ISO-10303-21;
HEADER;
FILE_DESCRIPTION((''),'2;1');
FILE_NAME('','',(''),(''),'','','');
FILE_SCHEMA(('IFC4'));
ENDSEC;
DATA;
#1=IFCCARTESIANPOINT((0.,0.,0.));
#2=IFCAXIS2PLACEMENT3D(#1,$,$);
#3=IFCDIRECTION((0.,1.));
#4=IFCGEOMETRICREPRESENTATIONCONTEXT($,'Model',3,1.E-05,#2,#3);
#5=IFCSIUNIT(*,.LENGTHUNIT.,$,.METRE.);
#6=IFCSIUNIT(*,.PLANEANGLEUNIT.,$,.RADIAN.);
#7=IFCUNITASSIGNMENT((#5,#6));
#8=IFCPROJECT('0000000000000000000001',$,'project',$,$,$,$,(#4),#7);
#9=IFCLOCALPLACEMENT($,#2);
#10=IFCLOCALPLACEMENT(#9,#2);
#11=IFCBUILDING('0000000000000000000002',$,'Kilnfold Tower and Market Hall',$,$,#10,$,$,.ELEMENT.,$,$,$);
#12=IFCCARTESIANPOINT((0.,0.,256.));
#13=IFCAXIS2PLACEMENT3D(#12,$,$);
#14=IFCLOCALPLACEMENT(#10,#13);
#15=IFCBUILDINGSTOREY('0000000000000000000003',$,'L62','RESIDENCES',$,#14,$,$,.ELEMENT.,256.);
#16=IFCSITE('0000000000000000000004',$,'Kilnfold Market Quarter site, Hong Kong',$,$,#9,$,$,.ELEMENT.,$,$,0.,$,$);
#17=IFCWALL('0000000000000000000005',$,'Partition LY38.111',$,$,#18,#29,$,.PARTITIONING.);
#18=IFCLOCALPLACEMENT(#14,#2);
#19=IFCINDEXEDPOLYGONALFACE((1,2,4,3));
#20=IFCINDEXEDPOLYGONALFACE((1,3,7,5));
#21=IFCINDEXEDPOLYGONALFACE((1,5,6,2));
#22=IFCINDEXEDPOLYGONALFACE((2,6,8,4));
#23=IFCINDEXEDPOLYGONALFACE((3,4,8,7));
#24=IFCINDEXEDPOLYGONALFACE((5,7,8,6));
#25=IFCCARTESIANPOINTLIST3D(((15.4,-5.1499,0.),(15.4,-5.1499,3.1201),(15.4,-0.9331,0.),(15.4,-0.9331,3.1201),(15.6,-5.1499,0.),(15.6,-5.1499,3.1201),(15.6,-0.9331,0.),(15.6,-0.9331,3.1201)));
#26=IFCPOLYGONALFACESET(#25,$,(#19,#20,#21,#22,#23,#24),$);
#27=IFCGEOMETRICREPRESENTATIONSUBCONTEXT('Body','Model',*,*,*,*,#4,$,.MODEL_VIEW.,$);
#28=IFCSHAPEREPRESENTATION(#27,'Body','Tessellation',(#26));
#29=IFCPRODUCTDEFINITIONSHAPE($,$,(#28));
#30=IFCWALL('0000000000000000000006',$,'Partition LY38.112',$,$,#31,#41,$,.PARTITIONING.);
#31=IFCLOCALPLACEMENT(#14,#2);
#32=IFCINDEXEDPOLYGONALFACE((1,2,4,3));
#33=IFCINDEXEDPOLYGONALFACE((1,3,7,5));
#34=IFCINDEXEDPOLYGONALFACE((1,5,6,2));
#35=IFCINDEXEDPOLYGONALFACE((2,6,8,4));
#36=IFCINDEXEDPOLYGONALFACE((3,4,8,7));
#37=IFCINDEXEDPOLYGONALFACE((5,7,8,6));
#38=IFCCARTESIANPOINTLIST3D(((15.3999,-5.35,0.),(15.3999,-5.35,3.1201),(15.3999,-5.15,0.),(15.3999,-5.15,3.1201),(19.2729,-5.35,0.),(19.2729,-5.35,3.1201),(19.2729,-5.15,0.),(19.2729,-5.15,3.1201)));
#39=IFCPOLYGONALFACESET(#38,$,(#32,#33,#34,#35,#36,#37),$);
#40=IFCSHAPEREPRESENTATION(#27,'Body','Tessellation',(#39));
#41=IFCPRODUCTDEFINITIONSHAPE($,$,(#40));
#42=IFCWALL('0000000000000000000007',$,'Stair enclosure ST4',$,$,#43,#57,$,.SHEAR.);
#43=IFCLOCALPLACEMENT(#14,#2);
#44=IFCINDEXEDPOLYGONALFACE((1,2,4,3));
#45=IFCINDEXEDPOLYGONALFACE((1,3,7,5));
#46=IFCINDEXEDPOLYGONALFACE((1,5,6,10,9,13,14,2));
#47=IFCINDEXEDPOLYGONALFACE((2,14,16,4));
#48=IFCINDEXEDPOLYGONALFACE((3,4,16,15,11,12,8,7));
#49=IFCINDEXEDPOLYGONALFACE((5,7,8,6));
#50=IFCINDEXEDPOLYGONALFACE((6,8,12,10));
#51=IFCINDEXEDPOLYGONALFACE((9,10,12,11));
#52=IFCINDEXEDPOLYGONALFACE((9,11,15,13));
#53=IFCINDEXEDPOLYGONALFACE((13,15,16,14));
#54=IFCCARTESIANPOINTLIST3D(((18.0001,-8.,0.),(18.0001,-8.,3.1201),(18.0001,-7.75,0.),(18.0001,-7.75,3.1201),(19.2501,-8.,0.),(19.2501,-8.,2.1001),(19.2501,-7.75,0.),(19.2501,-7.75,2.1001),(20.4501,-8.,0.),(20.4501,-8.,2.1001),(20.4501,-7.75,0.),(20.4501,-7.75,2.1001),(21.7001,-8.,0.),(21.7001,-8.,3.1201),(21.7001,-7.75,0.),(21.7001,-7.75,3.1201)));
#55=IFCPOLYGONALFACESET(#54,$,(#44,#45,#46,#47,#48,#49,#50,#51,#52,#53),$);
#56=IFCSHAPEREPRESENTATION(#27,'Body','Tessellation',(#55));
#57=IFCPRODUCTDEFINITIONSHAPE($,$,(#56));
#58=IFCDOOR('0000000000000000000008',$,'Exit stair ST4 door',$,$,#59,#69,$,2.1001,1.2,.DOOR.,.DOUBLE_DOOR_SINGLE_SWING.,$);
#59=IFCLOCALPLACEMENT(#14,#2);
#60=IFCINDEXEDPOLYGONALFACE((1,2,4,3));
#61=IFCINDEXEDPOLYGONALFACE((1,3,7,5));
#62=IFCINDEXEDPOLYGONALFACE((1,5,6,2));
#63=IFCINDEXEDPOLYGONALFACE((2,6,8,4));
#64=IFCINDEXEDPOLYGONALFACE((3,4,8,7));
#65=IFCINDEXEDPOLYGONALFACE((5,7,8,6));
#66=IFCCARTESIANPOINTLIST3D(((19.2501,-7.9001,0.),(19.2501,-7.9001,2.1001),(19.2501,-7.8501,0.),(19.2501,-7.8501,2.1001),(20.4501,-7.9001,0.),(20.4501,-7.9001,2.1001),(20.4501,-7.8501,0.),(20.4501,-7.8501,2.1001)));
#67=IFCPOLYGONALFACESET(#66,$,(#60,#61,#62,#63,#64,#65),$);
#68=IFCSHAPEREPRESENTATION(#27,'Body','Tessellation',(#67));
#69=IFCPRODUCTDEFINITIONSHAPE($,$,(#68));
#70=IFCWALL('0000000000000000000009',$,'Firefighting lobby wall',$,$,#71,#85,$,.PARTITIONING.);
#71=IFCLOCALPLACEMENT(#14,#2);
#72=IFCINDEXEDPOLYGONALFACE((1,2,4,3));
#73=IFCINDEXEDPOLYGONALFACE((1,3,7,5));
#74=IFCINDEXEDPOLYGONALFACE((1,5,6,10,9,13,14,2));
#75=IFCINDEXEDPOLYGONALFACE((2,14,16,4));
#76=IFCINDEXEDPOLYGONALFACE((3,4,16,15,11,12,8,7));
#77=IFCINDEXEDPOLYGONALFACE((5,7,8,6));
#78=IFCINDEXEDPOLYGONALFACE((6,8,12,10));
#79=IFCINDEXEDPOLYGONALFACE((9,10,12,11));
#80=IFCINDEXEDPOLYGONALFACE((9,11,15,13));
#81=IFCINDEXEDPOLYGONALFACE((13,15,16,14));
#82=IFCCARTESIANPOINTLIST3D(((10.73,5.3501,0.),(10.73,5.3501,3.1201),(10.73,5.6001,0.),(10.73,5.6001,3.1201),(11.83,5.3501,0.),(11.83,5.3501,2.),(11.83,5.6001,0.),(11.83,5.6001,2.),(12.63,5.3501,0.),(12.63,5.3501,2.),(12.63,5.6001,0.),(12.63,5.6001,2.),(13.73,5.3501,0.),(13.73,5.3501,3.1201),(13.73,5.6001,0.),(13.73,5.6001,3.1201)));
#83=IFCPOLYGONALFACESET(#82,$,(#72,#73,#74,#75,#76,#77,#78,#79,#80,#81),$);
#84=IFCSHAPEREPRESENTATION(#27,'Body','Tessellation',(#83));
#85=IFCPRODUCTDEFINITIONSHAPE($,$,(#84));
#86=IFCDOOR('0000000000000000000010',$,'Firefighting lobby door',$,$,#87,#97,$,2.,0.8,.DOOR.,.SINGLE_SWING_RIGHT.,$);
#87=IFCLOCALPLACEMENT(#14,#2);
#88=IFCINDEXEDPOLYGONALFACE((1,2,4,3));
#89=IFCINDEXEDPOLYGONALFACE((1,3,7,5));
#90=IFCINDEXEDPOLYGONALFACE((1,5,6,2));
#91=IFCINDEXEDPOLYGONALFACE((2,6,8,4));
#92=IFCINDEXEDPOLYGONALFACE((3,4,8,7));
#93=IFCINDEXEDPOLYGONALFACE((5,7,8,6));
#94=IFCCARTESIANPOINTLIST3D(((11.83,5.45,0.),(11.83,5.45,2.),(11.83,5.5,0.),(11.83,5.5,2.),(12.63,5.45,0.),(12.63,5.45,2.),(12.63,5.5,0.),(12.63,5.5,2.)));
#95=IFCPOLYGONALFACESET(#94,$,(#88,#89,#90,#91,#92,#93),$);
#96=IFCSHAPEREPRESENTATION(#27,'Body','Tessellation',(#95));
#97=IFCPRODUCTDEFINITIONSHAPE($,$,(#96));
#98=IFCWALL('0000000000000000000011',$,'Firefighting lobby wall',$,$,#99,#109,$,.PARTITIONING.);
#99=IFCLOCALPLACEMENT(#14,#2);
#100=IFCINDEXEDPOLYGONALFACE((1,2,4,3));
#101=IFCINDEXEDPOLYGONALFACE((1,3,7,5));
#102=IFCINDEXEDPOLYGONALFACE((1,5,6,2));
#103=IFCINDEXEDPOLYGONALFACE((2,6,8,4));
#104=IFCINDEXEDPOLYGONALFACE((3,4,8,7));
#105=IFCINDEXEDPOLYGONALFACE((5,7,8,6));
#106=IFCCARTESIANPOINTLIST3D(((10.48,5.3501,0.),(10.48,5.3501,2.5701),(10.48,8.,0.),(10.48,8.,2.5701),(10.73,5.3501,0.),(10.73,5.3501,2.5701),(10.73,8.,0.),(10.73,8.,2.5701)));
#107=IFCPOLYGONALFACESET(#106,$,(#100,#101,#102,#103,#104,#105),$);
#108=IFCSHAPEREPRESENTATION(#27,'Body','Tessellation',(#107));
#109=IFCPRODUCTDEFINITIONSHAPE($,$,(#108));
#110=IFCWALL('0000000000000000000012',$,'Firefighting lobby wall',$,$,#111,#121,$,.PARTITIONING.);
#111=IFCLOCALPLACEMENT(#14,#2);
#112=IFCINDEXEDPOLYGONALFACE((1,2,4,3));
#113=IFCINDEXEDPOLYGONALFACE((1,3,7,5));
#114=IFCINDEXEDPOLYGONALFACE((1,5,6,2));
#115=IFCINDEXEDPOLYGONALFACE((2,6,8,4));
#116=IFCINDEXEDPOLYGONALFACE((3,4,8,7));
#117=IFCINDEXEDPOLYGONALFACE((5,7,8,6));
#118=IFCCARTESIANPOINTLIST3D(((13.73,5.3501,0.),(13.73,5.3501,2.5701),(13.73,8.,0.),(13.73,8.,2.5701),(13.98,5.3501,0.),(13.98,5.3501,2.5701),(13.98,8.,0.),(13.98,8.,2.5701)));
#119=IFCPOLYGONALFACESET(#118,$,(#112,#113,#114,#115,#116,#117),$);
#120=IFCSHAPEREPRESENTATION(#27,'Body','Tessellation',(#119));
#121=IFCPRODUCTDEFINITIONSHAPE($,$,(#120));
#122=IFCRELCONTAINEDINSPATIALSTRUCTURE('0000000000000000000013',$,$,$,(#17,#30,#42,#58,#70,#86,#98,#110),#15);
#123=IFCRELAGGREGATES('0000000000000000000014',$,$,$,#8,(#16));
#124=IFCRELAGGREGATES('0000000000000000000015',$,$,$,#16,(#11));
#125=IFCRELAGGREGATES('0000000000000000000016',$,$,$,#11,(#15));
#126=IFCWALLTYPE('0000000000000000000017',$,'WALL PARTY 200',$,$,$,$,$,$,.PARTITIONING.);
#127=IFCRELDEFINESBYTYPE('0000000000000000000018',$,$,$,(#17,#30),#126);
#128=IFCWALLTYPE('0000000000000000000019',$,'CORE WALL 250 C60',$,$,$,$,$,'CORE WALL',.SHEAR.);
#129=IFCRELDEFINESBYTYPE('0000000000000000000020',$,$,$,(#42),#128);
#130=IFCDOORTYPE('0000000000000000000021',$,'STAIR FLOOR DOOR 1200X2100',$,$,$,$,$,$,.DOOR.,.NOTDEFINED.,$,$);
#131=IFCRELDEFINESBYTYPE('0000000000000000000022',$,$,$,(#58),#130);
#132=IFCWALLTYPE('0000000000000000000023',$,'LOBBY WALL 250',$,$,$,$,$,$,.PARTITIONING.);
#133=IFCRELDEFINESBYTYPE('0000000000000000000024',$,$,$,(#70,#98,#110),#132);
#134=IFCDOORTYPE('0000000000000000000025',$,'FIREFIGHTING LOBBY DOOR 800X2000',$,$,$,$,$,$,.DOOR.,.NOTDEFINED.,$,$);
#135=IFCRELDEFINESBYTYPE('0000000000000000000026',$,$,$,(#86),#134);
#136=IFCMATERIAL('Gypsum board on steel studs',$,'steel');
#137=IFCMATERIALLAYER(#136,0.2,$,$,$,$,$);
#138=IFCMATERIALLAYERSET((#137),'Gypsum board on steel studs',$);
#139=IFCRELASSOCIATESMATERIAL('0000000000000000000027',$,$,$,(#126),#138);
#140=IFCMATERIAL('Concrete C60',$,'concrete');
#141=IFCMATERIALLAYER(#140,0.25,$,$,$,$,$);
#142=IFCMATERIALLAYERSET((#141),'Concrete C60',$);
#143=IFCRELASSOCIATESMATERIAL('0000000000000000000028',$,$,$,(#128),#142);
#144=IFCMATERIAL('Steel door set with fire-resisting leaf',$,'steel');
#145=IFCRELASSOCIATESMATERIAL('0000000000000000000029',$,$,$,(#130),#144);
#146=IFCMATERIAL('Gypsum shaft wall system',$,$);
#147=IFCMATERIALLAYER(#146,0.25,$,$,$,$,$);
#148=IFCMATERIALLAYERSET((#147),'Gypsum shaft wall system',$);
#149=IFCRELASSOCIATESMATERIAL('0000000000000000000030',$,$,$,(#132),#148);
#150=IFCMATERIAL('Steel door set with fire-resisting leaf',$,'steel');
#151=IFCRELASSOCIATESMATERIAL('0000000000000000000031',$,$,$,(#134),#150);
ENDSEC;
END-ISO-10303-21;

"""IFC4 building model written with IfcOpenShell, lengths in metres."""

from ifc_helpers import new_model, si_unit, direction, frame, frame_2d, origin, place, context, subcontext, project, spatial, rectangle, extrude, source, transform, mapped, material, layer, layer_set, type_object, element, fill, save


model = new_model("IFC4")

# Units and contexts
model_context = context("Model", 3, precision=1e-05, world=origin(), true_north=direction((0.0, 1.0)))
body_context = subcontext(model_context, "Body", "Model", "MODEL_VIEW")
ifc_project = project(units=[si_unit("LENGTHUNIT", "METRE"), si_unit("PLANEANGLEUNIT", "RADIAN")], contexts=[model_context])

# Site, building, storey
site_placement = place(None, origin())
site = spatial("IfcSite", under=ifc_project, at=site_placement, Name="Kilnfold Market Quarter site, Hong Kong", CompositionType="ELEMENT", RefElevation=0.0)
building_placement = place(site_placement, origin())
building = spatial("IfcBuilding", under=site, at=building_placement, Name="Kilnfold Tower and Market Hall", CompositionType="ELEMENT")
storey_placement = place(building_placement, frame((0.0, 0.0, 256.0)))
storey = spatial("IfcBuildingStorey", under=building, at=storey_placement, Name="L62", Description="RESIDENCES", CompositionType="ELEMENT", Elevation=256.0)

# Walls
ifc_material_1 = material(Name="Gypsum board on steel studs", Category="steel")
ifc_layer_1 = layer(ifc_material_1, 0.2)
ifc_layer_set_1 = layer_set([ifc_layer_1], Name="Gypsum board on steel studs")
wall_type_1 = type_object("IfcWallType", Name="WALL PARTY 200", PredefinedType="PARTITIONING", material=ifc_layer_set_1)
wall_1_placement = place(storey_placement, frame((15.5, -5.1499, 0.0), z_axis=(0.0, 0.0, 1.0), x_axis=(0.0, 1.0, 0.0)))
element("IfcWall", 1, at=wall_1_placement, inside=storey, type_object=wall_type_1, Name="Partition LY38.111", PredefinedType="PARTITIONING", context=body_context, shape_type="SweptSolid", body=[
    extrude(rectangle(XDim=4.2168, YDim=0.2, at=frame_2d((2.1084, 0.0))), origin(), (0.0, 0.0, 1.0), 3.1201),
])
wall_2_placement = place(storey_placement, frame((15.3999, -5.25, 0.0), z_axis=(0.0, 0.0, 1.0), x_axis=(1.0, 0.0, 0.0)))
element("IfcWall", 2, at=wall_2_placement, inside=storey, type_object=wall_type_1, Name="Partition LY38.112", PredefinedType="PARTITIONING", context=body_context, shape_type="SweptSolid", body=[
    extrude(rectangle(XDim=3.873, YDim=0.2, at=frame_2d((1.9365, 0.0))), origin(), (0.0, 0.0, 1.0), 3.1201),
])

# Walls, openings, doors
ifc_material_2 = material(Name="Concrete C60", Category="concrete")
ifc_layer_2 = layer(ifc_material_2, 0.25)
ifc_layer_set_2 = layer_set([ifc_layer_2], Name="Concrete C60")
wall_type_2 = type_object("IfcWallType", Name="CORE WALL 250 C60", ElementType="CORE WALL", PredefinedType="SHEAR", material=ifc_layer_set_2)
shared_shape_1 = source(origin(), body_context, "Body", "SweptSolid", [
    extrude(rectangle(XDim=3.7, YDim=0.25, at=frame_2d((1.8501, 0.0))), origin(), (0.0, 0.0, 1.0), 3.1201),
])
wall_3_placement = place(storey_placement, frame((18.0, -7.875, 0.0), z_axis=(0.0, 0.0, 1.0), x_axis=(1.0, 0.0, 0.0)))
wall_3 = element("IfcWall", 3, at=wall_3_placement, inside=storey, type_object=wall_type_2, Name="Stair enclosure ST4", PredefinedType="SHEAR", context=body_context, shape_type="MappedRepresentation", body=[
    mapped(shared_shape_1, transform((0.0, 0.0, 0.0))),
])
opening_1_placement = place(wall_3_placement, frame((1.25, 0.0, 0.0)))
opening_1 = element("IfcOpeningElement", 4, at=opening_1_placement, cuts=wall_3, PredefinedType="OPENING", context=body_context, shape_type="SweptSolid", body=[
    extrude(rectangle(XDim=1.2, YDim=2.1001, at=frame_2d((0.6001, 1.05))), frame((0.0, 0.135, 0.0), z_axis=(0.0, -1.0, 0.0), x_axis=(1.0, 0.0, 0.0)), (0.0, 0.0, 1.0), 0.27),
])
ifc_material_3 = material(Name="Steel door set with fire-resisting leaf", Category="steel")
door_type_1 = type_object("IfcDoorType", Name="STAIR FLOOR DOOR 1200X2100", OperationType="NOTDEFINED", PredefinedType="DOOR", material=ifc_material_3)
door_1_placement = place(opening_1_placement, origin())
door_1 = element("IfcDoor", 5, at=door_1_placement, inside=storey, type_object=door_type_1, Name="Exit stair ST4 door", OperationType="DOUBLE_DOOR_SINGLE_SWING", OverallHeight=2.1001, OverallWidth=1.2, PredefinedType="DOOR", context=body_context, shape_type="SweptSolid", body=[
    extrude(rectangle(XDim=1.2, YDim=2.1001, at=frame_2d((0.6001, 1.05))), frame((0.0, 0.0249, 0.0), z_axis=(0.0, -1.0, 0.0), x_axis=(1.0, 0.0, 0.0)), (0.0, 0.0, 1.0), 0.05),
])
fill(opening_1, door_1)
ifc_material_4 = material(Name="Gypsum shaft wall system")
ifc_layer_3 = layer(ifc_material_4, 0.25)
ifc_layer_set_3 = layer_set([ifc_layer_3], Name="Gypsum shaft wall system")
wall_type_3 = type_object("IfcWallType", Name="LOBBY WALL 250", PredefinedType="PARTITIONING", material=ifc_layer_set_3)
shared_shape_2 = source(origin(), body_context, "Body", "SweptSolid", [
    extrude(rectangle(XDim=3.0, YDim=0.25, at=frame_2d((1.5, 0.0))), origin(), (0.0, 0.0, 1.0), 3.1201),
])
wall_4_placement = place(storey_placement, frame((10.73, 5.4751, 0.0), z_axis=(0.0, 0.0, 1.0), x_axis=(1.0, 0.0, 0.0)))
wall_4 = element("IfcWall", 6, at=wall_4_placement, inside=storey, type_object=wall_type_3, Name="Firefighting lobby wall", PredefinedType="PARTITIONING", context=body_context, shape_type="MappedRepresentation", body=[
    mapped(shared_shape_2, transform((0.0, 0.0, 0.0))),
])
opening_2_placement = place(wall_4_placement, frame((1.1001, 0.0, 0.0)))
opening_2 = element("IfcOpeningElement", 7, at=opening_2_placement, cuts=wall_4, PredefinedType="OPENING", context=body_context, shape_type="SweptSolid", body=[
    extrude(rectangle(XDim=0.8, YDim=2.0, at=frame_2d((0.3999, 1.0))), frame((0.0, 0.135, 0.0), z_axis=(0.0, -1.0, 0.0), x_axis=(1.0, 0.0, 0.0)), (0.0, 0.0, 1.0), 0.27),
])
ifc_material_5 = material(Name="Steel door set with fire-resisting leaf", Category="steel")
door_type_2 = type_object("IfcDoorType", Name="FIREFIGHTING LOBBY DOOR 800X2000", OperationType="NOTDEFINED", PredefinedType="DOOR", material=ifc_material_5)
door_2_placement = place(opening_2_placement, origin())
door_2 = element("IfcDoor", 8, at=door_2_placement, inside=storey, type_object=door_type_2, Name="Firefighting lobby door", OperationType="SINGLE_SWING_RIGHT", OverallHeight=2.0, OverallWidth=0.8, PredefinedType="DOOR", context=body_context, shape_type="SweptSolid", body=[
    extrude(rectangle(XDim=0.8, YDim=2.0, at=frame_2d((0.3999, 1.0))), frame((0.0, 0.0249, 0.0), z_axis=(0.0, -1.0, 0.0), x_axis=(1.0, 0.0, 0.0)), (0.0, 0.0, 1.0), 0.05),
])
fill(opening_2, door_2)

# Walls
shared_shape_3 = source(origin(), body_context, "Body", "SweptSolid", [
    extrude(rectangle(XDim=2.6499, YDim=0.25, at=frame_2d((1.325, 0.0))), origin(), (0.0, 0.0, 1.0), 2.5701),
])
for number, where, z_axis, x_axis, name in (
    (9, (10.605, 5.3501, 0.0), (0.0, 0.0, 1.0), (0.0, 1.0, 0.0), "Firefighting lobby wall"),
    (10, (13.855, 5.3501, 0.0), (0.0, 0.0, 1.0), (0.0, 1.0, 0.0), "Firefighting lobby wall"),
):
    element("IfcWall", number, at=place(storey_placement, frame(where, z_axis=z_axis, x_axis=x_axis)), inside=storey, type_object=wall_type_3, Name=name, PredefinedType="PARTITIONING", context=body_context, shape_type="MappedRepresentation", body=[
        mapped(shared_shape_3, transform((0.0, 0.0, 0.0))),
    ])

save(model, "model.ifc")
